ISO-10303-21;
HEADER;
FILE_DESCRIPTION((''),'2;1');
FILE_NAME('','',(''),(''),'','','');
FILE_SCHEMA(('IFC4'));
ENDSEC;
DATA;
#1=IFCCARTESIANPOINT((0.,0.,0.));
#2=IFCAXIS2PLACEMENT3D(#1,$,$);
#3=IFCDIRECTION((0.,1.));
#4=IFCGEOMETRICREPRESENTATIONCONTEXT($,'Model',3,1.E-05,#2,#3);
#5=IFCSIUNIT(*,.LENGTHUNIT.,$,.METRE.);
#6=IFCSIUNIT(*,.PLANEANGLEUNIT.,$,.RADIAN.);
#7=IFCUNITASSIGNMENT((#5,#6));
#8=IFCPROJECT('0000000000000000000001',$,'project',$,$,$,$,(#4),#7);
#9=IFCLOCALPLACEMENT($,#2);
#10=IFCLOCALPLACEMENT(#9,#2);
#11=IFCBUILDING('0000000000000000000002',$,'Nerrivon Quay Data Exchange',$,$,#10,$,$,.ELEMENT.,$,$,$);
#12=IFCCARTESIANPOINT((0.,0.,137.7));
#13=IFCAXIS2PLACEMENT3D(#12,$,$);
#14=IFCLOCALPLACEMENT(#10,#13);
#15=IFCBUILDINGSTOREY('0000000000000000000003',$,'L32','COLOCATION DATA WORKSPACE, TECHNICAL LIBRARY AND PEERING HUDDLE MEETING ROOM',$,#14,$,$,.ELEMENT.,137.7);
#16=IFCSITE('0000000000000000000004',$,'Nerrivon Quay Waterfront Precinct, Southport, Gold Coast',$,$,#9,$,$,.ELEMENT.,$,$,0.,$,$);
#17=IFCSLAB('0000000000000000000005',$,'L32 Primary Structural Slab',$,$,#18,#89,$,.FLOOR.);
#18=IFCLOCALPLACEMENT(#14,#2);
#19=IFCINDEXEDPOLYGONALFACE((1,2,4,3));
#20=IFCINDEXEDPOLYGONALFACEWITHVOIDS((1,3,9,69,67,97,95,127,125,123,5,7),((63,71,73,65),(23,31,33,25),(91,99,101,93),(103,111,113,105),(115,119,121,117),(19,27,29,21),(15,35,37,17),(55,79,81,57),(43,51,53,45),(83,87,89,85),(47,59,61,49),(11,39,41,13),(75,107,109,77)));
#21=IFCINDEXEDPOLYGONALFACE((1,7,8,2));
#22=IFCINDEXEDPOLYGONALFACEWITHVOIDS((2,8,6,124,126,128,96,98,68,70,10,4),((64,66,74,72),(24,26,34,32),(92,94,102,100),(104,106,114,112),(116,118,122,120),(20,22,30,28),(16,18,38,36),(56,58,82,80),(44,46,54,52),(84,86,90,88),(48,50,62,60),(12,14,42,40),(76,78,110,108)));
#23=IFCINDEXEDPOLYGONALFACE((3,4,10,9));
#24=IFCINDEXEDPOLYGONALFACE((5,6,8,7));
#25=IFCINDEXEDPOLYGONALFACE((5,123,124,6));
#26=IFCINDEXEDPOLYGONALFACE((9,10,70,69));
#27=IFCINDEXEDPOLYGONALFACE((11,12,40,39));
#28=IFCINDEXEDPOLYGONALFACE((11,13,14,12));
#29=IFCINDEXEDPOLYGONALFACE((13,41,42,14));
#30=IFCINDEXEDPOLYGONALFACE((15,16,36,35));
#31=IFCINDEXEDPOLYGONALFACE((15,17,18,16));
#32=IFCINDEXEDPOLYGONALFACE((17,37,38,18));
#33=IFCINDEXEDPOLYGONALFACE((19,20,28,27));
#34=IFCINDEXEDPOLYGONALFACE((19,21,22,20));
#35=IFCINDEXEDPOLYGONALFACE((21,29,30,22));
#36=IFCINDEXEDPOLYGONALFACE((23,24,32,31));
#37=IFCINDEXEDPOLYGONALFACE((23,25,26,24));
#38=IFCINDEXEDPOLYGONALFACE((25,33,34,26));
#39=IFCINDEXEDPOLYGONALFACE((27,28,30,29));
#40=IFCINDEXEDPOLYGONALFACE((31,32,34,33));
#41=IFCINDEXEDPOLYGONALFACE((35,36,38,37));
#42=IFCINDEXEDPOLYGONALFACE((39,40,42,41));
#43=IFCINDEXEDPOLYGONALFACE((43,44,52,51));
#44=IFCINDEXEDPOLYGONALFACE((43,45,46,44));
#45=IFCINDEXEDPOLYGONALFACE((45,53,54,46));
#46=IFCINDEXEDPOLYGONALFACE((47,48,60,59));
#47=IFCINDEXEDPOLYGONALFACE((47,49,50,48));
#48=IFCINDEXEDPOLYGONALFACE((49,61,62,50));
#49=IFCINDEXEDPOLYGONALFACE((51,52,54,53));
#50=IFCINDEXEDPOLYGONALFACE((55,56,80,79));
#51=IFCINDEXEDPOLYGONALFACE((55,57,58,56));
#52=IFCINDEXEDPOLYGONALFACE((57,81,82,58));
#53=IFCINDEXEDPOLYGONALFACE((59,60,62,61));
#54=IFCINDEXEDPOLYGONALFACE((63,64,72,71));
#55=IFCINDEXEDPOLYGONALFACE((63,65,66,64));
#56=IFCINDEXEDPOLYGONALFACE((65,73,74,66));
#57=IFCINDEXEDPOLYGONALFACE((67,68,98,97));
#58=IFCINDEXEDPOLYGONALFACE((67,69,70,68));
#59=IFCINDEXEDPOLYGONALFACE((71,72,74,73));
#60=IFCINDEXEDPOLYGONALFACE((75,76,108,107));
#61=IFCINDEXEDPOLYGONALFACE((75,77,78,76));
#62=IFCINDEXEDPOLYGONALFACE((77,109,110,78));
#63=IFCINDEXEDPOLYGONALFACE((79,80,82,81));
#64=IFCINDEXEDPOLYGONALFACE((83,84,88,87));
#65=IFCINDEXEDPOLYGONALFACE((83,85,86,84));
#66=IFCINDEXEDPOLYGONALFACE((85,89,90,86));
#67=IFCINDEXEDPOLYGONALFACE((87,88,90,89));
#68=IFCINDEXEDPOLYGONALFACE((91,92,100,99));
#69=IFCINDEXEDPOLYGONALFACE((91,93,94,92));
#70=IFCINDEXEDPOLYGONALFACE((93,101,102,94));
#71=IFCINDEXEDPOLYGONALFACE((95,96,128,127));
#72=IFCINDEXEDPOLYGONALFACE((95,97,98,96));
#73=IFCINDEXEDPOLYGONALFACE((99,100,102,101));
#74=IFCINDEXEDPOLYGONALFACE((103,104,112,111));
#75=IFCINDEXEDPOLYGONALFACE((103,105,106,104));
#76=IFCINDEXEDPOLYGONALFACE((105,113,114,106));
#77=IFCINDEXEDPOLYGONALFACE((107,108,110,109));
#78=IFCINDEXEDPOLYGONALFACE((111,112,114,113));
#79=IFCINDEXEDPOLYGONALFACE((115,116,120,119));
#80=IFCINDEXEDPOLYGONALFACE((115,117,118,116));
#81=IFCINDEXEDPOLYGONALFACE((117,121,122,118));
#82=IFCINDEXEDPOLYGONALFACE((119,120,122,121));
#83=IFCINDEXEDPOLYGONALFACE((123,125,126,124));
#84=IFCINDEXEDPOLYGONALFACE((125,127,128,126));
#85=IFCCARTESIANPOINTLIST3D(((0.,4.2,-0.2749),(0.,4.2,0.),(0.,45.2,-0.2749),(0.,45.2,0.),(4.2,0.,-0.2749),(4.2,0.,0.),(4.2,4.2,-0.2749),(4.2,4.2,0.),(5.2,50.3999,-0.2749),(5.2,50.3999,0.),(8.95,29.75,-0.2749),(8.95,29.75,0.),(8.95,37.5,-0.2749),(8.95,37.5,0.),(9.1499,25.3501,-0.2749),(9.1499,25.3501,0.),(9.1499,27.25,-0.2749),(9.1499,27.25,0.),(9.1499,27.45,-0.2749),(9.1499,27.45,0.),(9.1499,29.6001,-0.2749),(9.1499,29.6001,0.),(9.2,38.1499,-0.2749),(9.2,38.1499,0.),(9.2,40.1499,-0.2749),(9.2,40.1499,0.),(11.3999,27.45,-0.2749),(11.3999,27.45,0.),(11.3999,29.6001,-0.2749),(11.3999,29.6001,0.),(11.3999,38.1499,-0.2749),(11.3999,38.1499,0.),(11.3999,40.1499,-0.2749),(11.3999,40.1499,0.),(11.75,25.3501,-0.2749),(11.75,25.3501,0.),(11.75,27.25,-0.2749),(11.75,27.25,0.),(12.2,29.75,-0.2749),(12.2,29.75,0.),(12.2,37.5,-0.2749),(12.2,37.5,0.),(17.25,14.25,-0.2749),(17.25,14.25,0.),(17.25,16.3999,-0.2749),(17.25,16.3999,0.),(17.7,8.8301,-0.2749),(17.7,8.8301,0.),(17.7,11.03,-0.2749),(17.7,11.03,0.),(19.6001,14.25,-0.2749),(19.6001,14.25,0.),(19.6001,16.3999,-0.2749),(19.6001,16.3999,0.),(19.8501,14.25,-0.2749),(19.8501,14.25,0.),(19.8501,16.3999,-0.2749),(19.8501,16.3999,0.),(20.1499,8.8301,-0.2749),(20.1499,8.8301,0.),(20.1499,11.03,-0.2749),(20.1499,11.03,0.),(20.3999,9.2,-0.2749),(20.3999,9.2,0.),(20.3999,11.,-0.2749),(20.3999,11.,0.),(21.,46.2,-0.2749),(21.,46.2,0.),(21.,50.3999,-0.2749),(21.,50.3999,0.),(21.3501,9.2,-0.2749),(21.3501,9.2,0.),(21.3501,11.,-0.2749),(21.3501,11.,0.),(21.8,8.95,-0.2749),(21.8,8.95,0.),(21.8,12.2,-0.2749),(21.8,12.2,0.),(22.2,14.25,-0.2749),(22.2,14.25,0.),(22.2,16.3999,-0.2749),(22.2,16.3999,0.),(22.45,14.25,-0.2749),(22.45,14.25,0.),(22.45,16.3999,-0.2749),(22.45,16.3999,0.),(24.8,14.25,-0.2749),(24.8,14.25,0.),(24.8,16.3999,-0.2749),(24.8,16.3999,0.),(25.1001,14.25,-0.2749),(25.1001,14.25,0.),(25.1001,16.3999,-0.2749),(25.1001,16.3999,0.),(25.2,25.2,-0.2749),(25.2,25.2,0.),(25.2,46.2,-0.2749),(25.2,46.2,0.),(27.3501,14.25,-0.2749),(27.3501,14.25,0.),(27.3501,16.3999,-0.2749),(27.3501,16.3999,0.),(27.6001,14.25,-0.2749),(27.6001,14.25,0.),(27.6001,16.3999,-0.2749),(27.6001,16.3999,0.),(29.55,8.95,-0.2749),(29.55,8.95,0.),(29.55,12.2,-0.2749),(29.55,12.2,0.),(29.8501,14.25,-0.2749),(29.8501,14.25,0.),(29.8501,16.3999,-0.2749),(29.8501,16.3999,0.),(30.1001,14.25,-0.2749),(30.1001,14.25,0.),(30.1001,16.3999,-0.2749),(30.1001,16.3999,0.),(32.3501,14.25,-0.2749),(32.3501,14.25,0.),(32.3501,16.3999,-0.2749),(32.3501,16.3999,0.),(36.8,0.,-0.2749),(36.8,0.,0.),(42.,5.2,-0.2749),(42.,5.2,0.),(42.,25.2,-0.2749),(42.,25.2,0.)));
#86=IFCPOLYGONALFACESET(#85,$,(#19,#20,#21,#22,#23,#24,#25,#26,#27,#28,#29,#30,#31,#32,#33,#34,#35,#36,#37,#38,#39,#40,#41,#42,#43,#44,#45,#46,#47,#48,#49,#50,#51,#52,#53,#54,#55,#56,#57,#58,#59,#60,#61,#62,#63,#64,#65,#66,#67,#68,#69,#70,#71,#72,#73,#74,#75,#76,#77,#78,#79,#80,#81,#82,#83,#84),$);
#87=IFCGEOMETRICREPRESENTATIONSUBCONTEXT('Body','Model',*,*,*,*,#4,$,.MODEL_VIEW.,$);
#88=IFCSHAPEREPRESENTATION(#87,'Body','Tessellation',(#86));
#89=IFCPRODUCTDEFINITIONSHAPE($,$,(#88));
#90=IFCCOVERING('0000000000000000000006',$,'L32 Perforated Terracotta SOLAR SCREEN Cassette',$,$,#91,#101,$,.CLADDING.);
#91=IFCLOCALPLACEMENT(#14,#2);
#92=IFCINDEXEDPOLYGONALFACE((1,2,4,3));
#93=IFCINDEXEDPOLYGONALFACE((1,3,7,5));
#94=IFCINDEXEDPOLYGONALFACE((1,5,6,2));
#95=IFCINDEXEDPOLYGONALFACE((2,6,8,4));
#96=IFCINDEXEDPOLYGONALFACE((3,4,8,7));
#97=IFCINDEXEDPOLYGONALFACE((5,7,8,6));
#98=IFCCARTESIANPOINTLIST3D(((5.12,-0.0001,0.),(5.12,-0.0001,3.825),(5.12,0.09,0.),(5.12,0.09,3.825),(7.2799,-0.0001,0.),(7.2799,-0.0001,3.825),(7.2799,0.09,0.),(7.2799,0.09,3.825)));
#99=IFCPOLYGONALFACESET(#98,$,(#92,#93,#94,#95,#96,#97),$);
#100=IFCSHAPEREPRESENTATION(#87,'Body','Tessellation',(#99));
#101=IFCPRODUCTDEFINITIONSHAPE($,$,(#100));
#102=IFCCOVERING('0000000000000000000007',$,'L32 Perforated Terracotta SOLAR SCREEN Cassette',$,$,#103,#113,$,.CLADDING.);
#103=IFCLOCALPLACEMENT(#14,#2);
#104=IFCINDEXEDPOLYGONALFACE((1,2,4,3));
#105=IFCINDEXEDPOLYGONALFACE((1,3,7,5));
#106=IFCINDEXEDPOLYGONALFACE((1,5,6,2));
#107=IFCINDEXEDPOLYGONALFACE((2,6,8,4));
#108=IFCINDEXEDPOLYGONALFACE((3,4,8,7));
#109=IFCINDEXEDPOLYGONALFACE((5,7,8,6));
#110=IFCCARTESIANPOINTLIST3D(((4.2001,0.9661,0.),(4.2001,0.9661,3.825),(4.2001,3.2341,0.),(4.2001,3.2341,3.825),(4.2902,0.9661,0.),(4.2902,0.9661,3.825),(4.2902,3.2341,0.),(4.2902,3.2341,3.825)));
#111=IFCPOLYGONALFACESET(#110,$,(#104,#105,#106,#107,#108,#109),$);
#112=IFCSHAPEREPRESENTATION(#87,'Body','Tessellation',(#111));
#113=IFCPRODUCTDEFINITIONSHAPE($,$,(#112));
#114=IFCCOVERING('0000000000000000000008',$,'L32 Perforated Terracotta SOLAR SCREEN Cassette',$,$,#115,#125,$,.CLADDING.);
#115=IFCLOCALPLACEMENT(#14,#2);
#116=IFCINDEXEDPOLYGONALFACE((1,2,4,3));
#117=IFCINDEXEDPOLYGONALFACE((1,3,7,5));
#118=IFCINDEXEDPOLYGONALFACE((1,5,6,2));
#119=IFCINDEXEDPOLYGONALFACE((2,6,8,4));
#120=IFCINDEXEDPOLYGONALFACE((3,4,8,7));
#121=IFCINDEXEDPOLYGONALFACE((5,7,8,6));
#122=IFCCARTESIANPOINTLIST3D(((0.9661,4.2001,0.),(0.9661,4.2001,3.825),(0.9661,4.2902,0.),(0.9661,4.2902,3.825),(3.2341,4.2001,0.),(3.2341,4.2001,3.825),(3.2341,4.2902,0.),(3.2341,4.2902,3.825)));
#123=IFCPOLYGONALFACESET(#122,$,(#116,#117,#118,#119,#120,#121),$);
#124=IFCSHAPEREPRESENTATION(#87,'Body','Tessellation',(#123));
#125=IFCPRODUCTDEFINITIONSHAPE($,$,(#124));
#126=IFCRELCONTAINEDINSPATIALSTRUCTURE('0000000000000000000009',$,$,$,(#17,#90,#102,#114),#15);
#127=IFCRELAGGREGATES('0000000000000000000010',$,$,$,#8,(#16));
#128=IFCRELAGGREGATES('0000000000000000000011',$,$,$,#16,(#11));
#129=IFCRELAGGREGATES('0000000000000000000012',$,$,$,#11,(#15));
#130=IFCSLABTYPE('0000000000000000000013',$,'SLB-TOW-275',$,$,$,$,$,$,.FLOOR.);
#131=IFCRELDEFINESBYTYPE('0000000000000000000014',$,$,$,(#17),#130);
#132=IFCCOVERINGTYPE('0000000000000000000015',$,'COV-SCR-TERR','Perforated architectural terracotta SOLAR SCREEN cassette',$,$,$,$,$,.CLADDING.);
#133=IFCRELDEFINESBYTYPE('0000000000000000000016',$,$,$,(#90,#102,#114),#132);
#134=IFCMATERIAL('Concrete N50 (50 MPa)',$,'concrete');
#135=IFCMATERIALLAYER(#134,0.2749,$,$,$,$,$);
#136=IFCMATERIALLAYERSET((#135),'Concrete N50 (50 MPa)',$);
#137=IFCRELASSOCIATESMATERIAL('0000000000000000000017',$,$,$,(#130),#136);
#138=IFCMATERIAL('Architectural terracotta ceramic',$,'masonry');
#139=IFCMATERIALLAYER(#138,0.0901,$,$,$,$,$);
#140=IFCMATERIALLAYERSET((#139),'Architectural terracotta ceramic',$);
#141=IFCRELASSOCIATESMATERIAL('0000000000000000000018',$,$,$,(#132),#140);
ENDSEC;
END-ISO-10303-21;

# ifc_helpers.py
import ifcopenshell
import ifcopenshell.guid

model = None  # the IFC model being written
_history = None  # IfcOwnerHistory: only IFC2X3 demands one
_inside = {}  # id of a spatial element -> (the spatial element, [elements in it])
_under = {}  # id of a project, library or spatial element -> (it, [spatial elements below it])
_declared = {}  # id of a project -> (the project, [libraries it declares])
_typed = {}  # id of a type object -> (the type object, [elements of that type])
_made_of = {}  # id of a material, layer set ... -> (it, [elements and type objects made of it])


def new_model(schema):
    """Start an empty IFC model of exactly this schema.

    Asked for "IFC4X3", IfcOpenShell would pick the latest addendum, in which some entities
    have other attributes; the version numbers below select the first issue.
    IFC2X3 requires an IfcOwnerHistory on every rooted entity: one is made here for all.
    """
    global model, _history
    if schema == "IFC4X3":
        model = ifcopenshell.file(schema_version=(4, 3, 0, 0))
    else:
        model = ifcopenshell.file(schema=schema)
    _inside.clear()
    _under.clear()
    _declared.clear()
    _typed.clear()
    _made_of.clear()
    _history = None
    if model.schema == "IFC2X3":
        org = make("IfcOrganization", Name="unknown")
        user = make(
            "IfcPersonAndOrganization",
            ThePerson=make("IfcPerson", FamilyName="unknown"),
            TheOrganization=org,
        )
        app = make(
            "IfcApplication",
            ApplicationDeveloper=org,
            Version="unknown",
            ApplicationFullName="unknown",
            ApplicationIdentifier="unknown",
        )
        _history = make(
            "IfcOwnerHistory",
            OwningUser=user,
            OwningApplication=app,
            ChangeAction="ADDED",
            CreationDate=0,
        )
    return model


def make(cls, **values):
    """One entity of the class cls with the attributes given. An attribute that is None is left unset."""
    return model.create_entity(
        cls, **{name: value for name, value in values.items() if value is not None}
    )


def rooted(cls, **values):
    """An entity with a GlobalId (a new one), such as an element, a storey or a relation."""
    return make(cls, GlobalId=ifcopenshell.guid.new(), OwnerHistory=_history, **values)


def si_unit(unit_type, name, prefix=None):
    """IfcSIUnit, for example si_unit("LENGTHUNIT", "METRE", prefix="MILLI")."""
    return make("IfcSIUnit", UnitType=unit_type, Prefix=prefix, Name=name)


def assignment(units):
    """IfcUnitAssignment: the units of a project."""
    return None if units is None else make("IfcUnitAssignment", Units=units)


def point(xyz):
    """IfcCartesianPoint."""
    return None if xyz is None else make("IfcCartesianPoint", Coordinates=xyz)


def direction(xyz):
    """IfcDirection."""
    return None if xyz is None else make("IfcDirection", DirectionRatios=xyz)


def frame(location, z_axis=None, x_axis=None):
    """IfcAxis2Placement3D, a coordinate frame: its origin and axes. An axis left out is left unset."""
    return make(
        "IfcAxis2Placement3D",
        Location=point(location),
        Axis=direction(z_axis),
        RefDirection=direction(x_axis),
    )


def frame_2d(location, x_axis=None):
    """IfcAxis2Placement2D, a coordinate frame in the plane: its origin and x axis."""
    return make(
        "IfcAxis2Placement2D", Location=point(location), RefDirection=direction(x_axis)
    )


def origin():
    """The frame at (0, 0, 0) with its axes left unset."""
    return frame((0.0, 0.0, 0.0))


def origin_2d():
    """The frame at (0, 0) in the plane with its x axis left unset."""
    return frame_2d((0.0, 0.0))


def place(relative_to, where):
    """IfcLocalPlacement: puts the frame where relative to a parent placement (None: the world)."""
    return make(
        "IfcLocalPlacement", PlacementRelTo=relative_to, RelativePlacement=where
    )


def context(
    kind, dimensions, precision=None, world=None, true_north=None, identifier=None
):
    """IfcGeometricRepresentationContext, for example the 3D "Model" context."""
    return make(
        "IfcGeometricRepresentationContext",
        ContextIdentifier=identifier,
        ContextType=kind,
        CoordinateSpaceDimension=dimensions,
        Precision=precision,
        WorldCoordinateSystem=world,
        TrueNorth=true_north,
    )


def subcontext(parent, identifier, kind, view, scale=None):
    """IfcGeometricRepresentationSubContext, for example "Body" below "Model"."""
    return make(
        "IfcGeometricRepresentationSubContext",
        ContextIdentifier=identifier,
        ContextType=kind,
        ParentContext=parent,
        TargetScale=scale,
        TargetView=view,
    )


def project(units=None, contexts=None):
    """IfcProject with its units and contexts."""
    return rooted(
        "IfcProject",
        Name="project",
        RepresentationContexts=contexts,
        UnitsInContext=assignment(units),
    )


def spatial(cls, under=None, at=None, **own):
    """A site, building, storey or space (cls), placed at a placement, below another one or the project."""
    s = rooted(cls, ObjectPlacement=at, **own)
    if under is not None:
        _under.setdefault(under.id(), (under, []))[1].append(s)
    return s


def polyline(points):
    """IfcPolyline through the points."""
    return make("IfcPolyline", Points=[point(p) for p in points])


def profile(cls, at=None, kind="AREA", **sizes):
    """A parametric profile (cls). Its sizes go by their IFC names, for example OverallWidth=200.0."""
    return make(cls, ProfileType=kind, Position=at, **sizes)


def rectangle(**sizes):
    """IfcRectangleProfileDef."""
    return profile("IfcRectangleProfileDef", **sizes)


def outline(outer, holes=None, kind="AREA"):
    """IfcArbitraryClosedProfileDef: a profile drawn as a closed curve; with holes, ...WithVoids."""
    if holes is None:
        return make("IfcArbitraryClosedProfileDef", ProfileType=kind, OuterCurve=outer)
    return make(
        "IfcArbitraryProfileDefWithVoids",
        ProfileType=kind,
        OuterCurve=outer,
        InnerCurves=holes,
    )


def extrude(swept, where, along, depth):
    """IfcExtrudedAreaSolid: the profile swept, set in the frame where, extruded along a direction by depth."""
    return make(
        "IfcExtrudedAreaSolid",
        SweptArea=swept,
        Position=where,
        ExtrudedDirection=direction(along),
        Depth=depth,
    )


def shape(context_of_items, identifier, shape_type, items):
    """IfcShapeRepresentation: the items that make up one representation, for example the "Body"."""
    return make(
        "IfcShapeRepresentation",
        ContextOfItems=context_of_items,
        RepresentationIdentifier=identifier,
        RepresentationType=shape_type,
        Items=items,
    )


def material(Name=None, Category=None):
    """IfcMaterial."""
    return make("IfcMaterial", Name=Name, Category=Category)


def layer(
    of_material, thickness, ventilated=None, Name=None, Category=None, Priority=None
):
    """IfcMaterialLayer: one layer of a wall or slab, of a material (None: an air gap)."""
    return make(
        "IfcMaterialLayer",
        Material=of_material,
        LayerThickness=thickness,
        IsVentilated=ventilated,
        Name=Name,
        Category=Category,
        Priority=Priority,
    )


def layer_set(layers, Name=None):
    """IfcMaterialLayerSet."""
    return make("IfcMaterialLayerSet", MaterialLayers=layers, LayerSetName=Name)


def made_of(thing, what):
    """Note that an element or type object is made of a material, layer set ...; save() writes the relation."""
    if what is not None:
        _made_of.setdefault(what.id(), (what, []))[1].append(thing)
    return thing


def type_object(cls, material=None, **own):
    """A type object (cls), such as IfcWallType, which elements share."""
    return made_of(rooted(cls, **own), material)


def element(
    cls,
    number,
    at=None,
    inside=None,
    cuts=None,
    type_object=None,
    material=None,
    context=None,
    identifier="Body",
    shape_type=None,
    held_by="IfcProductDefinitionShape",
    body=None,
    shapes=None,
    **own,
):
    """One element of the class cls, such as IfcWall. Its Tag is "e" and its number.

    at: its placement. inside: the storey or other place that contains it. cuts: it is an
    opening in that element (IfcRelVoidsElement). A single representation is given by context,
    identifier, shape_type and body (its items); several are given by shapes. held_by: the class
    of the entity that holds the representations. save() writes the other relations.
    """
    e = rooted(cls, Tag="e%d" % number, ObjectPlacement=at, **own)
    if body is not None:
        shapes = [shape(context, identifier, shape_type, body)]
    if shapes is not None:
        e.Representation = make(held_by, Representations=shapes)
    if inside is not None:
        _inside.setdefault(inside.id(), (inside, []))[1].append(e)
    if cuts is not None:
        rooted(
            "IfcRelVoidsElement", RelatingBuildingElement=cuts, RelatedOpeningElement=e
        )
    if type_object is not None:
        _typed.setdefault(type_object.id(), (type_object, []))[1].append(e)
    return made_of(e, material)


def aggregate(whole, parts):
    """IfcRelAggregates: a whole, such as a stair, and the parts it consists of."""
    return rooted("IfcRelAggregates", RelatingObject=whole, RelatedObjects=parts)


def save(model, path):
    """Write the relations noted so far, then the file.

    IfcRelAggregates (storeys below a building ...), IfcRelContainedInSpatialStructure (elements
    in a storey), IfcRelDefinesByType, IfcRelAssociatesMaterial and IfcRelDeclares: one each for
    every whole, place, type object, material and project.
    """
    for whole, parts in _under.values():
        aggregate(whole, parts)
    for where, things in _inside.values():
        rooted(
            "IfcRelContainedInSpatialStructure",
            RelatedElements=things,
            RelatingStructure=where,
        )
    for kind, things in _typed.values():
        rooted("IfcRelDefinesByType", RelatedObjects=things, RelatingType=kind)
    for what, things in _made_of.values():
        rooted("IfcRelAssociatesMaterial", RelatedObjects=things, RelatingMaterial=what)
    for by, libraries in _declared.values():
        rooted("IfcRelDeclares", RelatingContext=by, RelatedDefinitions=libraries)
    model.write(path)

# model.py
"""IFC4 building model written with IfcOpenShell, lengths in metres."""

from ifc_helpers import new_model, si_unit, direction, frame, origin, origin_2d, place, context, subcontext, project, spatial, polyline, rectangle, outline, extrude, material, layer, layer_set, type_object, element, save


model = new_model("IFC4")

# Units and contexts
model_context = context("Model", 3, precision=1e-05, world=origin(), true_north=direction((0.0, 1.0)))
body_context = subcontext(model_context, "Body", "Model", "MODEL_VIEW")
ifc_project = project(units=[si_unit("LENGTHUNIT", "METRE"), si_unit("PLANEANGLEUNIT", "RADIAN")], contexts=[model_context])

# Site, building, storey
site_placement = place(None, origin())
site = spatial("IfcSite", under=ifc_project, at=site_placement, Name="Nerrivon Quay Waterfront Precinct, Southport, Gold Coast", CompositionType="ELEMENT", RefElevation=0.0)
building_placement = place(site_placement, origin())
building = spatial("IfcBuilding", under=site, at=building_placement, Name="Nerrivon Quay Data Exchange", CompositionType="ELEMENT")
storey_placement = place(building_placement, frame((0.0, 0.0, 137.7)))
storey = spatial("IfcBuildingStorey", under=building, at=storey_placement, Name="L32", Description="COLOCATION DATA WORKSPACE, TECHNICAL LIBRARY AND PEERING HUDDLE MEETING ROOM", CompositionType="ELEMENT", Elevation=137.7)

# Shared definitions
ifc_material_1 = material(Name="Concrete N50 (50 MPa)", Category="concrete")

# Slab
ifc_layer_1 = layer(ifc_material_1, 0.2749)
ifc_layer_set_1 = layer_set([ifc_layer_1], Name="Concrete N50 (50 MPa)")
slab_type_1 = type_object("IfcSlabType", Name="SLB-TOW-275", PredefinedType="FLOOR", material=ifc_layer_set_1)
slab_1_placement = place(storey_placement, frame((0.0, 0.0, -0.2749)))
element("IfcSlab", 1, at=slab_1_placement, inside=storey, type_object=slab_type_1, Name="L32 Primary Structural Slab", PredefinedType="FLOOR", context=body_context, shape_type="SweptSolid", body=[
    extrude(outline(polyline([(42.0, 25.2), (25.2, 25.2), (25.2, 46.2), (21.0, 46.2), (21.0, 50.3999), (5.2, 50.3999), (0.0, 45.2), (0.0, 4.2), (4.2, 4.2), (4.2, 0.0), (36.8, 0.0), (42.0, 5.2), (42.0, 25.2)]), holes=[polyline([(8.95, 29.75), (8.95, 37.5), (12.2, 37.5), (12.2, 29.75), (8.95, 29.75)]), polyline([(21.8, 12.2), (29.55, 12.2), (29.55, 8.95), (21.8, 8.95), (21.8, 12.2)]), polyline([(30.1001, 16.3999), (32.3501, 16.3999), (32.3501, 14.25), (30.1001, 14.25), (30.1001, 16.3999)]), polyline([(27.6001, 16.3999), (29.8501, 16.3999), (29.8501, 14.25), (27.6001, 14.25), (27.6001, 16.3999)]), polyline([(25.1001, 14.25), (25.1001, 16.3999), (27.3501, 16.3999), (27.3501, 14.25), (25.1001, 14.25)]), polyline([(22.45, 16.3999), (24.8, 16.3999), (24.8, 14.25), (22.45, 14.25), (22.45, 16.3999)]), polyline([(19.8501, 16.3999), (22.2, 16.3999), (22.2, 14.25), (19.8501, 14.25), (19.8501, 16.3999)]), polyline([(20.3999, 9.2), (20.3999, 11.0), (21.3501, 11.0), (21.3501, 9.2), (20.3999, 9.2)]), polyline([(17.7, 8.8301), (17.7, 11.03), (20.1499, 11.03), (20.1499, 8.8301), (17.7, 8.8301)]), polyline([(17.25, 14.25), (17.25, 16.3999), (19.6001, 16.3999), (19.6001, 14.25), (17.25, 14.25)]), polyline([(9.1499, 27.25), (11.75, 27.25), (11.75, 25.3501), (9.1499, 25.3501), (9.1499, 27.25)]), polyline([(9.1499, 29.6001), (11.3999, 29.6001), (11.3999, 27.45), (9.1499, 27.45), (9.1499, 29.6001)]), polyline([(9.2, 38.1499), (9.2, 40.1499), (11.3999, 40.1499), (11.3999, 38.1499), (9.2, 38.1499)])]), origin(), (0.0, 0.0, 1.0), 0.2749),
])

# Coverings
ifc_material_2 = material(Name="Architectural terracotta ceramic", Category="masonry")
ifc_layer_2 = layer(ifc_material_2, 0.0901)
ifc_layer_set_2 = layer_set([ifc_layer_2], Name="Architectural terracotta ceramic")
covering_type = type_object("IfcCoveringType", Name="COV-SCR-TERR", Description="Perforated architectural terracotta SOLAR SCREEN cassette", PredefinedType="CLADDING", material=ifc_layer_set_2)
covering_placement = place(storey_placement, frame((6.2, 0.0449, 0.0), z_axis=(0.0, 0.0, 1.0), x_axis=(-1.0, 0.0, 0.0)))
element("IfcCovering", 2, at=covering_placement, inside=storey, type_object=covering_type, Name="L32 Perforated Terracotta SOLAR SCREEN Cassette", PredefinedType="CLADDING", context=body_context, shape_type="SweptSolid", body=[
    extrude(rectangle(XDim=2.1599, YDim=0.0901, at=origin_2d()), origin(), (0.0, 0.0, 1.0), 3.825),
])
for number, where, z_axis, x_axis, name in (
    (3, (4.2451, 2.1001, 0.0), (0.0, 0.0, 1.0), (0.0, 1.0, 0.0), "L32 Perforated Terracotta SOLAR SCREEN Cassette"),
    (4, (2.1001, 4.2451, 0.0), (0.0, 0.0, 1.0), (-1.0, 0.0, 0.0), "L32 Perforated Terracotta SOLAR SCREEN Cassette"),
):
    element("IfcCovering", number, at=place(storey_placement, frame(where, z_axis=z_axis, x_axis=x_axis)), inside=storey, type_object=covering_type, Name=name, PredefinedType="CLADDING", context=body_context, shape_type="SweptSolid", body=[
        extrude(rectangle(XDim=2.2681, YDim=0.0901, at=origin_2d()), origin(), (0.0, 0.0, 1.0), 3.825),
    ])

save(model, "model.ifc")
